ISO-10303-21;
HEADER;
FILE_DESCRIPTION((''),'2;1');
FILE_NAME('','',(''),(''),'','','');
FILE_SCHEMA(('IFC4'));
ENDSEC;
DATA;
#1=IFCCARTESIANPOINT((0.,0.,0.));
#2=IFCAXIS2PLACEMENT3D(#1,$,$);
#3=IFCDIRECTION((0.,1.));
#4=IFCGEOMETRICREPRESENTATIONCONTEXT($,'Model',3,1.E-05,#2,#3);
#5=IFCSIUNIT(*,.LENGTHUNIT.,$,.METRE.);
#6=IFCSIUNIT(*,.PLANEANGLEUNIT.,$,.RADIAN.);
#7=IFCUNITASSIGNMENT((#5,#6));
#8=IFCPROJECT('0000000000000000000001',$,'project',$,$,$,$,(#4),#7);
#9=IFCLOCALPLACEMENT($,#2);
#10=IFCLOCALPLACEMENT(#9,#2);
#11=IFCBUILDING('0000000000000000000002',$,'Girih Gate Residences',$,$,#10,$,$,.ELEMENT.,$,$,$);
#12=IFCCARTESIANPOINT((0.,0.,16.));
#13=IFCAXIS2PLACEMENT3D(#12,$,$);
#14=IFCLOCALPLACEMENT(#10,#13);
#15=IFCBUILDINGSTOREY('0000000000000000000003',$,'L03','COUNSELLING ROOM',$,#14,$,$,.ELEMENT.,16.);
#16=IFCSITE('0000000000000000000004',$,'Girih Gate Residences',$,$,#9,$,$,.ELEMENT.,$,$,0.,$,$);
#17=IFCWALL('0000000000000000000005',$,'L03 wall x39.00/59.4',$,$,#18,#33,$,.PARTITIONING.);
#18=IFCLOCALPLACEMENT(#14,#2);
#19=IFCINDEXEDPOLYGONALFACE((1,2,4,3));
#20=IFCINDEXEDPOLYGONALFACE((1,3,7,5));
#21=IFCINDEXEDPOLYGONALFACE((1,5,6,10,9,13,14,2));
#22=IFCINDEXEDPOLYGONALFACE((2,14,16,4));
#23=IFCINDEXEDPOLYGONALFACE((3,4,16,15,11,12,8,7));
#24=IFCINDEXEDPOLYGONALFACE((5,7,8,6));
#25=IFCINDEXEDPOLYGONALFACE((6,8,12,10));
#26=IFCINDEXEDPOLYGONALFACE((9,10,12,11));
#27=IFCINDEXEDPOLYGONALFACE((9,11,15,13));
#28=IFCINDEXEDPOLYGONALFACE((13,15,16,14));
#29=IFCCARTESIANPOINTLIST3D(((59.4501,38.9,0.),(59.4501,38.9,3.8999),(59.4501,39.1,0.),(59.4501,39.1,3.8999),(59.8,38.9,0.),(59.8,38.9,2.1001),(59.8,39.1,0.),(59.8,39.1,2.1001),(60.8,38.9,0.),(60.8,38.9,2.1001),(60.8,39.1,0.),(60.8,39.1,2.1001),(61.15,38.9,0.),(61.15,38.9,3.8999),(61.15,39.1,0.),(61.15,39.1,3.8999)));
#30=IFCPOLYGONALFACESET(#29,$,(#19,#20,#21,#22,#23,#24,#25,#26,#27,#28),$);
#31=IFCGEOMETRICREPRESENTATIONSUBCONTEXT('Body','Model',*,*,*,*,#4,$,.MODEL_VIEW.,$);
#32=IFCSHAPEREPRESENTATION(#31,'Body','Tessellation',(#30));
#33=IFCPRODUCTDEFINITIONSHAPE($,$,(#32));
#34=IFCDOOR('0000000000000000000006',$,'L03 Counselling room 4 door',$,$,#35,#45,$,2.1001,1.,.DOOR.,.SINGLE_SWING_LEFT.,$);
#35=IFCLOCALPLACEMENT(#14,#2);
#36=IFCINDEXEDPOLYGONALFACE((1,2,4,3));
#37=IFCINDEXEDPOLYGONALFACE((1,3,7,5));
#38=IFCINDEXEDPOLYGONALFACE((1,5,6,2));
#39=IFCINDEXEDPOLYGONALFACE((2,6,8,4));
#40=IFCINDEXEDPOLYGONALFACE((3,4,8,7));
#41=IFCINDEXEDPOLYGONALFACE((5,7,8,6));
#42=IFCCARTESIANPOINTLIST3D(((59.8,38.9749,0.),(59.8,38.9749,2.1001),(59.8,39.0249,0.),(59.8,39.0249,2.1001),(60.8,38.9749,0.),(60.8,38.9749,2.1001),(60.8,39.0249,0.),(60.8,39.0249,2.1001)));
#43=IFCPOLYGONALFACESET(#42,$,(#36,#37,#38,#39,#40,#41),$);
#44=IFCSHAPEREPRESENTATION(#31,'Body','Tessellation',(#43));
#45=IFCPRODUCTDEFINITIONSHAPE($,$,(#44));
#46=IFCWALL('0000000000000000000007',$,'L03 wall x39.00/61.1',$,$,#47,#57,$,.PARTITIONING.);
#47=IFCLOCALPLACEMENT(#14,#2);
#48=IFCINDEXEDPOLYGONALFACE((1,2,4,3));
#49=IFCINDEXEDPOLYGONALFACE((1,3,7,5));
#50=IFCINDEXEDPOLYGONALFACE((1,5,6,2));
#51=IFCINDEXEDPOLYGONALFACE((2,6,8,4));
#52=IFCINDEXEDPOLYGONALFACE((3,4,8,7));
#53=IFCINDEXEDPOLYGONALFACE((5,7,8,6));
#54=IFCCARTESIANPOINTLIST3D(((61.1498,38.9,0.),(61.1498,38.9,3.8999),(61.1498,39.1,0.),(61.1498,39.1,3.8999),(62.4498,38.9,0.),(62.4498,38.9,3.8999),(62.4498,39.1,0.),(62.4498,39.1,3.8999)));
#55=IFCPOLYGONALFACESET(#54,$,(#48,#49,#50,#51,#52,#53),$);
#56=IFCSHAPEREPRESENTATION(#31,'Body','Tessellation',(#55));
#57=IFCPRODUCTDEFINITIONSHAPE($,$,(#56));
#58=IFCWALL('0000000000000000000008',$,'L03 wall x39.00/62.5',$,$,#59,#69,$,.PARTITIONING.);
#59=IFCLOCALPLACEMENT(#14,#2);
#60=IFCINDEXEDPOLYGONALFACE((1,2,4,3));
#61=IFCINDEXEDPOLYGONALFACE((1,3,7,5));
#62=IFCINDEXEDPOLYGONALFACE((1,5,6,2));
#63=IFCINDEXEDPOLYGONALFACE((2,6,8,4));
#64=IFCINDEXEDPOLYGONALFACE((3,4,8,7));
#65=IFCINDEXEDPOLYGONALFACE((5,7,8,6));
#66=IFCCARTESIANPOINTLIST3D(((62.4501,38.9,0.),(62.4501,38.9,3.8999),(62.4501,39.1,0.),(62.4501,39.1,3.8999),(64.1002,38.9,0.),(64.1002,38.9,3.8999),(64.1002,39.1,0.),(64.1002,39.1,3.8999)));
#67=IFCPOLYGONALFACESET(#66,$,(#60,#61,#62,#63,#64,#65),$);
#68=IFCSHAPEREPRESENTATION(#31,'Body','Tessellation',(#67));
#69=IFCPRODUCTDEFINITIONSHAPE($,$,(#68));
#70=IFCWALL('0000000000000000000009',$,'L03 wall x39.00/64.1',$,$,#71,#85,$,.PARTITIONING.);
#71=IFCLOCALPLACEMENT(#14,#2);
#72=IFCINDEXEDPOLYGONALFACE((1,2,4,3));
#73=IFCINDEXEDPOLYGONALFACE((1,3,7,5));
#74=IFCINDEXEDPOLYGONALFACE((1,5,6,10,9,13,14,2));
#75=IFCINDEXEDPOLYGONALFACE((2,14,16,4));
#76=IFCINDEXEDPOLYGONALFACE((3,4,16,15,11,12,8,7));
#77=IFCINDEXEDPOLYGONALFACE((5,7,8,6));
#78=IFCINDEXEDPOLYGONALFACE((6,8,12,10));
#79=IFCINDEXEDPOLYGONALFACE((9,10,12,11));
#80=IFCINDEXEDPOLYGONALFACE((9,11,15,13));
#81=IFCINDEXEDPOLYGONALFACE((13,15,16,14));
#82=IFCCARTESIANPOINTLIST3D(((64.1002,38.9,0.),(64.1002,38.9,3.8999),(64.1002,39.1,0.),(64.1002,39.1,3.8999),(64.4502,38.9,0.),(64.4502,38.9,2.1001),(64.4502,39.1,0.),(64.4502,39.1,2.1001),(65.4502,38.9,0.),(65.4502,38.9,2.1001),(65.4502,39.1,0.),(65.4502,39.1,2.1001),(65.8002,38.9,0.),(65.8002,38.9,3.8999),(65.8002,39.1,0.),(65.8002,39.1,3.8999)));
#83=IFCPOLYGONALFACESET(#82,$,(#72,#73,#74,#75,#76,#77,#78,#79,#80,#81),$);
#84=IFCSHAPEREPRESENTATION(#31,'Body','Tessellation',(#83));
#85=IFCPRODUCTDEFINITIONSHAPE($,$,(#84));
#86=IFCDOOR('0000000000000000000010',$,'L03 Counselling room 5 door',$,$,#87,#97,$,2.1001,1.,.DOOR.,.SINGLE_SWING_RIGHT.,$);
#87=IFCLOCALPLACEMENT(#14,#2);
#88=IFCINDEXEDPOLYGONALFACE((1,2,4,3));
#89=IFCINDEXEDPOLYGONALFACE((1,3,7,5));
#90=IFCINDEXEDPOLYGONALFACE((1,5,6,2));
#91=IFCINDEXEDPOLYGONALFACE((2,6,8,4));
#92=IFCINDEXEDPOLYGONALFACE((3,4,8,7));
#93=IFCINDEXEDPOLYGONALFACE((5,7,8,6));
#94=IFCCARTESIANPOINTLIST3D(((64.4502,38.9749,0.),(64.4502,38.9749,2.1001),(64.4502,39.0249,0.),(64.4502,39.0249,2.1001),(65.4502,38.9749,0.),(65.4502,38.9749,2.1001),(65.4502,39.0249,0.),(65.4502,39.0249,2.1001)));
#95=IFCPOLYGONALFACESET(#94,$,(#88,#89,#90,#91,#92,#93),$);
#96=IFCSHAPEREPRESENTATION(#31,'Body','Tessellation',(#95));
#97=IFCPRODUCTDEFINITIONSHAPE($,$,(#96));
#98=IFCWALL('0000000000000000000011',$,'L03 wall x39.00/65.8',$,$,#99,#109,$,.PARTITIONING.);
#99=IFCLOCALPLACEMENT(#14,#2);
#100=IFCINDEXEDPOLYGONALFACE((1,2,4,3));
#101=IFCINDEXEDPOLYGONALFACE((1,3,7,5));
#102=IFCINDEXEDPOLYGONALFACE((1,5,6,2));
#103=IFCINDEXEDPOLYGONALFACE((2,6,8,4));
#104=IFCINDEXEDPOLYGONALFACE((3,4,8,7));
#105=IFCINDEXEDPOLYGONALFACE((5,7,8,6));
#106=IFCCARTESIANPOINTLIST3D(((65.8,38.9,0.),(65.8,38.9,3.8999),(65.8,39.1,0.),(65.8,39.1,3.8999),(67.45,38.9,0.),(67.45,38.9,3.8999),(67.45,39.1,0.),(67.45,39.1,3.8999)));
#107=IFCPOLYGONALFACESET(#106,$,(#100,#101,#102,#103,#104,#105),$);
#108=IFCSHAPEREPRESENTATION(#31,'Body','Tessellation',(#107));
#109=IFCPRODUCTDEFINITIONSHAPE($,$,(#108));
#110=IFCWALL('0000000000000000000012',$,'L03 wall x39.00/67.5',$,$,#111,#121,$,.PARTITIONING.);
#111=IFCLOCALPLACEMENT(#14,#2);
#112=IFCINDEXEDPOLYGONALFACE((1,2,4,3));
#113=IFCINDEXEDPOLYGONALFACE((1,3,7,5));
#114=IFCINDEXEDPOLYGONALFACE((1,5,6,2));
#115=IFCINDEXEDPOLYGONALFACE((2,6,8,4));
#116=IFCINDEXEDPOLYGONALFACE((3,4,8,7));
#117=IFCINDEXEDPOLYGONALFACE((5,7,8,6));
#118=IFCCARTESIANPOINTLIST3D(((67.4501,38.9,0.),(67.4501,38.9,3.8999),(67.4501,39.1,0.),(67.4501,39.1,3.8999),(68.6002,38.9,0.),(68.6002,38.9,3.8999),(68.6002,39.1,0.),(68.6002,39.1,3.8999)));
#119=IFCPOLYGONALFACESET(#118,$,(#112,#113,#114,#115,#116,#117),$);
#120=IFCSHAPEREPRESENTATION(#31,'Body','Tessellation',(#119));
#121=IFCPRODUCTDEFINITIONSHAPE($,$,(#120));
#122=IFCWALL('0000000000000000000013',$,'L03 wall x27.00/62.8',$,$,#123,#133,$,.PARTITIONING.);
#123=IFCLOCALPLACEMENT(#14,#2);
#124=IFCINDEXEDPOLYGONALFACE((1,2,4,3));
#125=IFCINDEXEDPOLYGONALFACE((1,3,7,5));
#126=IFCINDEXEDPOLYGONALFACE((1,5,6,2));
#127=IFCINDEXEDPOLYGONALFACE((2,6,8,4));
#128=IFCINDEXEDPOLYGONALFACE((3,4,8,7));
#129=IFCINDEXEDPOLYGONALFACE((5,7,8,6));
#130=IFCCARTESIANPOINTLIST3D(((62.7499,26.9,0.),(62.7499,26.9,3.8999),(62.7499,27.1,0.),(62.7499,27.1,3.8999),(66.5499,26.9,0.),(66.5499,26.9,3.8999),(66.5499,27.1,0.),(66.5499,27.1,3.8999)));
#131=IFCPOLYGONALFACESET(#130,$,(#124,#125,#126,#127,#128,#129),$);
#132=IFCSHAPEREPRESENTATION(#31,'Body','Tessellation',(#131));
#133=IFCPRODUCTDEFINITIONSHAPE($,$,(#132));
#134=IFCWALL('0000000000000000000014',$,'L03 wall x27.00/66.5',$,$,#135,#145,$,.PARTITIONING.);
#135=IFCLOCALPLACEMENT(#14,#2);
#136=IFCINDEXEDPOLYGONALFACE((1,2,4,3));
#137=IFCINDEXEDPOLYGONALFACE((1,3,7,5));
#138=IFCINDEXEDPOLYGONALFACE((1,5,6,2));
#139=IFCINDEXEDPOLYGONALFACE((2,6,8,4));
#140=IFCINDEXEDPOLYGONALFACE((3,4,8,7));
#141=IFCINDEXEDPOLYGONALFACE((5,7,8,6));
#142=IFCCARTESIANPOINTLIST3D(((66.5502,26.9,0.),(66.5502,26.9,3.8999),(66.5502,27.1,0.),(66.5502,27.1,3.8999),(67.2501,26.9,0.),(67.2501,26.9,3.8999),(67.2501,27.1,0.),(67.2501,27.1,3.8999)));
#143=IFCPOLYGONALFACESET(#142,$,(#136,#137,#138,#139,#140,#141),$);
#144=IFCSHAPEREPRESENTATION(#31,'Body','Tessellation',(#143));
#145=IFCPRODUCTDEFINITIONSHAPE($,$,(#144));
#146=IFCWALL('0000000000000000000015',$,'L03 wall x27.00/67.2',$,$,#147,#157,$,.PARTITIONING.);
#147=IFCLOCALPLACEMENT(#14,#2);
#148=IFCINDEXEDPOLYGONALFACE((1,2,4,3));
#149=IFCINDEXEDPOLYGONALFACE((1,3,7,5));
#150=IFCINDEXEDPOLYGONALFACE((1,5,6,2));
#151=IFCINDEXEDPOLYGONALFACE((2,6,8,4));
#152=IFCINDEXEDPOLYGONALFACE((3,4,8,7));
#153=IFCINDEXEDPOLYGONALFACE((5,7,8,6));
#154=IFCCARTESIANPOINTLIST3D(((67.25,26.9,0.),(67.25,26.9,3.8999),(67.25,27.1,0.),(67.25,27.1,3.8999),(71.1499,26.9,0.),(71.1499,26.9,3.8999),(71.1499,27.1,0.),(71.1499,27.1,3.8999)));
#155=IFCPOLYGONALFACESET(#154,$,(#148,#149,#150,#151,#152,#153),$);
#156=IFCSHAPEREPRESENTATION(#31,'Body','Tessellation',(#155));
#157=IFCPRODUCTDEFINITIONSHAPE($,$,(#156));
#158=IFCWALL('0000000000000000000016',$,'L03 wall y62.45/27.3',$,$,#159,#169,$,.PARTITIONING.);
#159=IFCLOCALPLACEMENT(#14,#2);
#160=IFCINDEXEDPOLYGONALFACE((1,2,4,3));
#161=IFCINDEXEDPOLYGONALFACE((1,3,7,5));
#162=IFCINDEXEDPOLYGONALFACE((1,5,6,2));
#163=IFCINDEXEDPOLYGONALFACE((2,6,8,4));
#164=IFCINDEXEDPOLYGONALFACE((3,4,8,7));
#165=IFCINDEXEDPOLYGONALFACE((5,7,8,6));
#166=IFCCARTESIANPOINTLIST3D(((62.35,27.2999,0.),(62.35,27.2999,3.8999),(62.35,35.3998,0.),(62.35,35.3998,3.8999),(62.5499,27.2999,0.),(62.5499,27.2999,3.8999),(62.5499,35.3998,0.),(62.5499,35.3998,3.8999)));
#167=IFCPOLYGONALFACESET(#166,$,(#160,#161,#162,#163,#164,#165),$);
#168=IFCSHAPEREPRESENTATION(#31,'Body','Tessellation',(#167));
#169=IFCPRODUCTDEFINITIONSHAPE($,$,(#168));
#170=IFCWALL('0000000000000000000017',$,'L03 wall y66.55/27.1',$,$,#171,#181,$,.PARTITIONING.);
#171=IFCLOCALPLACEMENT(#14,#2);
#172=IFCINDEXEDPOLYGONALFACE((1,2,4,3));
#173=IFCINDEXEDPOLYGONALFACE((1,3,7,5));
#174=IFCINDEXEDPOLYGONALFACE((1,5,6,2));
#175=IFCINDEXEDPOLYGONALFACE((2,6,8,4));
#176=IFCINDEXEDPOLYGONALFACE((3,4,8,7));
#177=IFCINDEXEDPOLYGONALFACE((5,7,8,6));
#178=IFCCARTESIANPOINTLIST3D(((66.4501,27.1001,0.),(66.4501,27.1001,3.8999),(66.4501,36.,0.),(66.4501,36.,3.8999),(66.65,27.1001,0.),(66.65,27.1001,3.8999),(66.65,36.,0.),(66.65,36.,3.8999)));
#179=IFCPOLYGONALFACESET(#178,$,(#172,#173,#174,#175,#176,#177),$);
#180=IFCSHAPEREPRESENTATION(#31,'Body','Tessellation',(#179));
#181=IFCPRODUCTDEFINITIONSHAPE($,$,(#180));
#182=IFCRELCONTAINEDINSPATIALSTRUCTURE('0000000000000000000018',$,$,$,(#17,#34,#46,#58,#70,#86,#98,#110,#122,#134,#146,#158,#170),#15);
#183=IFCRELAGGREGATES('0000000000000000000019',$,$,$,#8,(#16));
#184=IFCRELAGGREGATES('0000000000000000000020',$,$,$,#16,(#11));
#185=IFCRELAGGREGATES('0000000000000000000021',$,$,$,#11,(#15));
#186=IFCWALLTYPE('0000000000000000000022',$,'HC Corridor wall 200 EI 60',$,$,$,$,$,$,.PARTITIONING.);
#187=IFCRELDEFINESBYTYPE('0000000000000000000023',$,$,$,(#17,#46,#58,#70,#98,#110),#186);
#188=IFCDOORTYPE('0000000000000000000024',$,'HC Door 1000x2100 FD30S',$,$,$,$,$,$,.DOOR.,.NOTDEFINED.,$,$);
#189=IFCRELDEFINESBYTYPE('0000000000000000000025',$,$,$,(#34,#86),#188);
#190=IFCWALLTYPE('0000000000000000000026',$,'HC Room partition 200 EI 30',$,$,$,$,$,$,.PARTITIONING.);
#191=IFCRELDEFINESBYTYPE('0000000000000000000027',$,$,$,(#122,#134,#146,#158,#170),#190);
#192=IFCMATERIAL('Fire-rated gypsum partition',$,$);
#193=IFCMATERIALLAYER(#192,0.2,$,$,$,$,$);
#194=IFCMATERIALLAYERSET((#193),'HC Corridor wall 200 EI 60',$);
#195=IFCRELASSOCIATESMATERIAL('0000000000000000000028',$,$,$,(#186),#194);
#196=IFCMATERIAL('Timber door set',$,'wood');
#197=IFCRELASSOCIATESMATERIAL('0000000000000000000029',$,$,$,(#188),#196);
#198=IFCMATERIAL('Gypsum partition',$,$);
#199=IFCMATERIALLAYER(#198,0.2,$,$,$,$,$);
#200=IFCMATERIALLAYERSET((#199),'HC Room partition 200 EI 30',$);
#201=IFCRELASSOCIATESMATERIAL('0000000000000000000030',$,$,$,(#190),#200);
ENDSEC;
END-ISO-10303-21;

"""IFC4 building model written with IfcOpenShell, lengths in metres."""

from ifc_helpers import new_model, si_unit, direction, frame, frame_2d, origin, place, context, subcontext, project, spatial, rectangle, extrude, material, layer, layer_set, type_object, element, fill, save


model = new_model("IFC4")

# Units and contexts
model_context = context("Model", 3, precision=1e-05, world=origin(), true_north=direction((0.0, 1.0)))
body_context = subcontext(model_context, "Body", "Model", "MODEL_VIEW")
ifc_project = project(units=[si_unit("LENGTHUNIT", "METRE"), si_unit("PLANEANGLEUNIT", "RADIAN")], contexts=[model_context])

# Site, building, storey
site_placement = place(None, origin())
site = spatial("IfcSite", under=ifc_project, at=site_placement, Name="Girih Gate Residences", CompositionType="ELEMENT", RefElevation=0.0)
building_placement = place(site_placement, origin())
building = spatial("IfcBuilding", under=site, at=building_placement, Name="Girih Gate Residences", CompositionType="ELEMENT")
storey_placement = place(building_placement, frame((0.0, 0.0, 16.0)))
storey = spatial("IfcBuildingStorey", under=building, at=storey_placement, Name="L03", Description="COUNSELLING ROOM", CompositionType="ELEMENT", Elevation=16.0)

# Shared definitions
ifc_material_1 = material(Name="Fire-rated gypsum partition")
ifc_layer_1 = layer(ifc_material_1, 0.2)
ifc_layer_set_1 = layer_set([ifc_layer_1], Name="HC Corridor wall 200 EI 60")
wall_type_1 = type_object("IfcWallType", Name="HC Corridor wall 200 EI 60", PredefinedType="PARTITIONING", material=ifc_layer_set_1)

# Shared definitions
ifc_material_2 = material(Name="Timber door set", Category="wood")
door_type = type_object("IfcDoorType", Name="HC Door 1000x2100 FD30S", OperationType="NOTDEFINED", PredefinedType="DOOR", material=ifc_material_2)

# Wall, opening, door
wall_1_placement = place(storey_placement, frame((59.45, 39.0, 0.0), z_axis=(0.0, 0.0, 1.0), x_axis=(1.0, 0.0, 0.0)))
wall_1 = element("IfcWall", 1, at=wall_1_placement, inside=storey, type_object=wall_type_1, Name="L03 wall x39.00/59.4", PredefinedType="PARTITIONING", context=body_context, shape_type="SweptSolid", body=[
    extrude(rectangle(XDim=1.7, YDim=0.2, at=frame_2d((0.8501, 0.0))), origin(), (0.0, 0.0, 1.0), 3.8999),
])
opening_1_placement = place(wall_1_placement, frame((0.3501, 0.0, 0.0)))
opening_1 = element("IfcOpeningElement", 2, at=opening_1_placement, cuts=wall_1, PredefinedType="OPENING", context=body_context, shape_type="SweptSolid", body=[
    extrude(rectangle(XDim=1.0, YDim=2.1001, at=frame_2d((0.5, 1.05))), frame((0.0, 0.1099, 0.0), z_axis=(0.0, -1.0, 0.0), x_axis=(1.0, 0.0, 0.0)), (0.0, 0.0, 1.0), 0.22),
])
door_1_placement = place(opening_1_placement, origin())
door_1 = element("IfcDoor", 3, at=door_1_placement, inside=storey, type_object=door_type, Name="L03 Counselling room 4 door", OperationType="SINGLE_SWING_LEFT", OverallHeight=2.1001, OverallWidth=1.0, PredefinedType="DOOR", context=body_context, shape_type="SweptSolid", body=[
    extrude(rectangle(XDim=1.0, YDim=2.1001, at=frame_2d((0.5, 1.05))), frame((0.0, 0.0249, 0.0), z_axis=(0.0, -1.0, 0.0), x_axis=(1.0, 0.0, 0.0)), (0.0, 0.0, 1.0), 0.05),
])
fill(opening_1, door_1)

# Walls
wall_2_placement = place(storey_placement, frame((61.1499, 39.0, 0.0), z_axis=(0.0, 0.0, 1.0), x_axis=(1.0, 0.0, 0.0)))
element("IfcWall", 4, at=wall_2_placement, inside=storey, type_object=wall_type_1, Name="L03 wall x39.00/61.1", PredefinedType="PARTITIONING", context=body_context, shape_type="SweptSolid", body=[
    extrude(rectangle(XDim=1.3, YDim=0.2, at=frame_2d((0.6499, 0.0))), origin(), (0.0, 0.0, 1.0), 3.8999),
])
wall_3_placement = place(storey_placement, frame((62.45, 39.0, 0.0), z_axis=(0.0, 0.0, 1.0), x_axis=(1.0, 0.0, 0.0)))
element("IfcWall", 5, at=wall_3_placement, inside=storey, type_object=wall_type_1, Name="L03 wall x39.00/62.5", PredefinedType="PARTITIONING", context=body_context, shape_type="SweptSolid", body=[
    extrude(rectangle(XDim=1.6501, YDim=0.2, at=frame_2d((0.8252, 0.0))), origin(), (0.0, 0.0, 1.0), 3.8999),
])

# Wall, opening, door
wall_4_placement = place(storey_placement, frame((64.1001, 39.0, 0.0), z_axis=(0.0, 0.0, 1.0), x_axis=(1.0, 0.0, 0.0)))
wall_4 = element("IfcWall", 6, at=wall_4_placement, inside=storey, type_object=wall_type_1, Name="L03 wall x39.00/64.1", PredefinedType="PARTITIONING", context=body_context, shape_type="SweptSolid", body=[
    extrude(rectangle(XDim=1.7, YDim=0.2, at=frame_2d((0.8501, 0.0))), origin(), (0.0, 0.0, 1.0), 3.8999),
])
opening_2_placement = place(wall_4_placement, frame((0.3501, 0.0, 0.0)))
opening_2 = element("IfcOpeningElement", 7, at=opening_2_placement, cuts=wall_4, PredefinedType="OPENING", context=body_context, shape_type="SweptSolid", body=[
    extrude(rectangle(XDim=1.0, YDim=2.1001, at=frame_2d((0.5, 1.05))), frame((0.0, 0.1099, 0.0), z_axis=(0.0, -1.0, 0.0), x_axis=(1.0, 0.0, 0.0)), (0.0, 0.0, 1.0), 0.22),
])
door_2_placement = place(opening_2_placement, origin())
door_2 = element("IfcDoor", 8, at=door_2_placement, inside=storey, type_object=door_type, Name="L03 Counselling room 5 door", OperationType="SINGLE_SWING_RIGHT", OverallHeight=2.1001, OverallWidth=1.0, PredefinedType="DOOR", context=body_context, shape_type="SweptSolid", body=[
    extrude(rectangle(XDim=1.0, YDim=2.1001, at=frame_2d((0.5, 1.05))), frame((0.0, 0.0249, 0.0), z_axis=(0.0, -1.0, 0.0), x_axis=(1.0, 0.0, 0.0)), (0.0, 0.0, 1.0), 0.05),
])
fill(opening_2, door_2)

# Walls
wall_5_placement = place(storey_placement, frame((65.8, 39.0, 0.0), z_axis=(0.0, 0.0, 1.0), x_axis=(1.0, 0.0, 0.0)))
element("IfcWall", 9, at=wall_5_placement, inside=storey, type_object=wall_type_1, Name="L03 wall x39.00/65.8", PredefinedType="PARTITIONING", context=body_context, shape_type="SweptSolid", body=[
    extrude(rectangle(XDim=1.6499, YDim=0.2, at=frame_2d((0.825, 0.0))), origin(), (0.0, 0.0, 1.0), 3.8999),
])
wall_6_placement = place(storey_placement, frame((67.45, 39.0, 0.0), z_axis=(0.0, 0.0, 1.0), x_axis=(1.0, 0.0, 0.0)))
element("IfcWall", 10, at=wall_6_placement, inside=storey, type_object=wall_type_1, Name="L03 wall x39.00/67.5", PredefinedType="PARTITIONING", context=body_context, shape_type="SweptSolid", body=[
    extrude(rectangle(XDim=1.1501, YDim=0.2, at=frame_2d((0.5752, 0.0))), origin(), (0.0, 0.0, 1.0), 3.8999),
])
ifc_material_3 = material(Name="Gypsum partition")
ifc_layer_2 = layer(ifc_material_3, 0.2)
ifc_layer_set_2 = layer_set([ifc_layer_2], Name="HC Room partition 200 EI 30")
wall_type_2 = type_object("IfcWallType", Name="HC Room partition 200 EI 30", PredefinedType="PARTITIONING", material=ifc_layer_set_2)
wall_7_placement = place(storey_placement, frame((62.75, 27.0, 0.0), z_axis=(0.0, 0.0, 1.0), x_axis=(1.0, 0.0, 0.0)))
element("IfcWall", 11, at=wall_7_placement, inside=storey, type_object=wall_type_2, Name="L03 wall x27.00/62.8", PredefinedType="PARTITIONING", context=body_context, shape_type="SweptSolid", body=[
    extrude(rectangle(XDim=3.8, YDim=0.2, at=frame_2d((1.8999, 0.0))), origin(), (0.0, 0.0, 1.0), 3.8999),
])
wall_8_placement = place(storey_placement, frame((66.55, 27.0, 0.0), z_axis=(0.0, 0.0, 1.0), x_axis=(1.0, 0.0, 0.0)))
element("IfcWall", 12, at=wall_8_placement, inside=storey, type_object=wall_type_2, Name="L03 wall x27.00/66.5", PredefinedType="PARTITIONING", context=body_context, shape_type="SweptSolid", body=[
    extrude(rectangle(XDim=0.7, YDim=0.2, at=frame_2d((0.3501, 0.0))), origin(), (0.0, 0.0, 1.0), 3.8999),
])
wall_9_placement = place(storey_placement, frame((67.25, 27.0, 0.0), z_axis=(0.0, 0.0, 1.0), x_axis=(1.0, 0.0, 0.0)))
element("IfcWall", 13, at=wall_9_placement, inside=storey, type_object=wall_type_2, Name="L03 wall x27.00/67.2", PredefinedType="PARTITIONING", context=body_context, shape_type="SweptSolid", body=[
    extrude(rectangle(XDim=3.8999, YDim=0.2, at=frame_2d((1.95, 0.0))), origin(), (0.0, 0.0, 1.0), 3.8999),
])
wall_10_placement = place(storey_placement, frame((62.45, 27.3, 0.0), z_axis=(0.0, 0.0, 1.0), x_axis=(0.0, 1.0, 0.0)))
element("IfcWall", 14, at=wall_10_placement, inside=storey, type_object=wall_type_2, Name="L03 wall y62.45/27.3", PredefinedType="PARTITIONING", context=body_context, shape_type="SweptSolid", body=[
    extrude(rectangle(XDim=8.0999, YDim=0.2, at=frame_2d((4.0498, 0.0))), origin(), (0.0, 0.0, 1.0), 3.8999),
])
wall_11_placement = place(storey_placement, frame((66.55, 27.1001, 0.0), z_axis=(0.0, 0.0, 1.0), x_axis=(0.0, 1.0, 0.0)))
element("IfcWall", 15, at=wall_11_placement, inside=storey, type_object=wall_type_2, Name="L03 wall y66.55/27.1", PredefinedType="PARTITIONING", context=body_context, shape_type="SweptSolid", body=[
    extrude(rectangle(XDim=8.8999, YDim=0.2, at=frame_2d((4.45, 0.0))), origin(), (0.0, 0.0, 1.0), 3.8999),
])

save(model, "model.ifc")
